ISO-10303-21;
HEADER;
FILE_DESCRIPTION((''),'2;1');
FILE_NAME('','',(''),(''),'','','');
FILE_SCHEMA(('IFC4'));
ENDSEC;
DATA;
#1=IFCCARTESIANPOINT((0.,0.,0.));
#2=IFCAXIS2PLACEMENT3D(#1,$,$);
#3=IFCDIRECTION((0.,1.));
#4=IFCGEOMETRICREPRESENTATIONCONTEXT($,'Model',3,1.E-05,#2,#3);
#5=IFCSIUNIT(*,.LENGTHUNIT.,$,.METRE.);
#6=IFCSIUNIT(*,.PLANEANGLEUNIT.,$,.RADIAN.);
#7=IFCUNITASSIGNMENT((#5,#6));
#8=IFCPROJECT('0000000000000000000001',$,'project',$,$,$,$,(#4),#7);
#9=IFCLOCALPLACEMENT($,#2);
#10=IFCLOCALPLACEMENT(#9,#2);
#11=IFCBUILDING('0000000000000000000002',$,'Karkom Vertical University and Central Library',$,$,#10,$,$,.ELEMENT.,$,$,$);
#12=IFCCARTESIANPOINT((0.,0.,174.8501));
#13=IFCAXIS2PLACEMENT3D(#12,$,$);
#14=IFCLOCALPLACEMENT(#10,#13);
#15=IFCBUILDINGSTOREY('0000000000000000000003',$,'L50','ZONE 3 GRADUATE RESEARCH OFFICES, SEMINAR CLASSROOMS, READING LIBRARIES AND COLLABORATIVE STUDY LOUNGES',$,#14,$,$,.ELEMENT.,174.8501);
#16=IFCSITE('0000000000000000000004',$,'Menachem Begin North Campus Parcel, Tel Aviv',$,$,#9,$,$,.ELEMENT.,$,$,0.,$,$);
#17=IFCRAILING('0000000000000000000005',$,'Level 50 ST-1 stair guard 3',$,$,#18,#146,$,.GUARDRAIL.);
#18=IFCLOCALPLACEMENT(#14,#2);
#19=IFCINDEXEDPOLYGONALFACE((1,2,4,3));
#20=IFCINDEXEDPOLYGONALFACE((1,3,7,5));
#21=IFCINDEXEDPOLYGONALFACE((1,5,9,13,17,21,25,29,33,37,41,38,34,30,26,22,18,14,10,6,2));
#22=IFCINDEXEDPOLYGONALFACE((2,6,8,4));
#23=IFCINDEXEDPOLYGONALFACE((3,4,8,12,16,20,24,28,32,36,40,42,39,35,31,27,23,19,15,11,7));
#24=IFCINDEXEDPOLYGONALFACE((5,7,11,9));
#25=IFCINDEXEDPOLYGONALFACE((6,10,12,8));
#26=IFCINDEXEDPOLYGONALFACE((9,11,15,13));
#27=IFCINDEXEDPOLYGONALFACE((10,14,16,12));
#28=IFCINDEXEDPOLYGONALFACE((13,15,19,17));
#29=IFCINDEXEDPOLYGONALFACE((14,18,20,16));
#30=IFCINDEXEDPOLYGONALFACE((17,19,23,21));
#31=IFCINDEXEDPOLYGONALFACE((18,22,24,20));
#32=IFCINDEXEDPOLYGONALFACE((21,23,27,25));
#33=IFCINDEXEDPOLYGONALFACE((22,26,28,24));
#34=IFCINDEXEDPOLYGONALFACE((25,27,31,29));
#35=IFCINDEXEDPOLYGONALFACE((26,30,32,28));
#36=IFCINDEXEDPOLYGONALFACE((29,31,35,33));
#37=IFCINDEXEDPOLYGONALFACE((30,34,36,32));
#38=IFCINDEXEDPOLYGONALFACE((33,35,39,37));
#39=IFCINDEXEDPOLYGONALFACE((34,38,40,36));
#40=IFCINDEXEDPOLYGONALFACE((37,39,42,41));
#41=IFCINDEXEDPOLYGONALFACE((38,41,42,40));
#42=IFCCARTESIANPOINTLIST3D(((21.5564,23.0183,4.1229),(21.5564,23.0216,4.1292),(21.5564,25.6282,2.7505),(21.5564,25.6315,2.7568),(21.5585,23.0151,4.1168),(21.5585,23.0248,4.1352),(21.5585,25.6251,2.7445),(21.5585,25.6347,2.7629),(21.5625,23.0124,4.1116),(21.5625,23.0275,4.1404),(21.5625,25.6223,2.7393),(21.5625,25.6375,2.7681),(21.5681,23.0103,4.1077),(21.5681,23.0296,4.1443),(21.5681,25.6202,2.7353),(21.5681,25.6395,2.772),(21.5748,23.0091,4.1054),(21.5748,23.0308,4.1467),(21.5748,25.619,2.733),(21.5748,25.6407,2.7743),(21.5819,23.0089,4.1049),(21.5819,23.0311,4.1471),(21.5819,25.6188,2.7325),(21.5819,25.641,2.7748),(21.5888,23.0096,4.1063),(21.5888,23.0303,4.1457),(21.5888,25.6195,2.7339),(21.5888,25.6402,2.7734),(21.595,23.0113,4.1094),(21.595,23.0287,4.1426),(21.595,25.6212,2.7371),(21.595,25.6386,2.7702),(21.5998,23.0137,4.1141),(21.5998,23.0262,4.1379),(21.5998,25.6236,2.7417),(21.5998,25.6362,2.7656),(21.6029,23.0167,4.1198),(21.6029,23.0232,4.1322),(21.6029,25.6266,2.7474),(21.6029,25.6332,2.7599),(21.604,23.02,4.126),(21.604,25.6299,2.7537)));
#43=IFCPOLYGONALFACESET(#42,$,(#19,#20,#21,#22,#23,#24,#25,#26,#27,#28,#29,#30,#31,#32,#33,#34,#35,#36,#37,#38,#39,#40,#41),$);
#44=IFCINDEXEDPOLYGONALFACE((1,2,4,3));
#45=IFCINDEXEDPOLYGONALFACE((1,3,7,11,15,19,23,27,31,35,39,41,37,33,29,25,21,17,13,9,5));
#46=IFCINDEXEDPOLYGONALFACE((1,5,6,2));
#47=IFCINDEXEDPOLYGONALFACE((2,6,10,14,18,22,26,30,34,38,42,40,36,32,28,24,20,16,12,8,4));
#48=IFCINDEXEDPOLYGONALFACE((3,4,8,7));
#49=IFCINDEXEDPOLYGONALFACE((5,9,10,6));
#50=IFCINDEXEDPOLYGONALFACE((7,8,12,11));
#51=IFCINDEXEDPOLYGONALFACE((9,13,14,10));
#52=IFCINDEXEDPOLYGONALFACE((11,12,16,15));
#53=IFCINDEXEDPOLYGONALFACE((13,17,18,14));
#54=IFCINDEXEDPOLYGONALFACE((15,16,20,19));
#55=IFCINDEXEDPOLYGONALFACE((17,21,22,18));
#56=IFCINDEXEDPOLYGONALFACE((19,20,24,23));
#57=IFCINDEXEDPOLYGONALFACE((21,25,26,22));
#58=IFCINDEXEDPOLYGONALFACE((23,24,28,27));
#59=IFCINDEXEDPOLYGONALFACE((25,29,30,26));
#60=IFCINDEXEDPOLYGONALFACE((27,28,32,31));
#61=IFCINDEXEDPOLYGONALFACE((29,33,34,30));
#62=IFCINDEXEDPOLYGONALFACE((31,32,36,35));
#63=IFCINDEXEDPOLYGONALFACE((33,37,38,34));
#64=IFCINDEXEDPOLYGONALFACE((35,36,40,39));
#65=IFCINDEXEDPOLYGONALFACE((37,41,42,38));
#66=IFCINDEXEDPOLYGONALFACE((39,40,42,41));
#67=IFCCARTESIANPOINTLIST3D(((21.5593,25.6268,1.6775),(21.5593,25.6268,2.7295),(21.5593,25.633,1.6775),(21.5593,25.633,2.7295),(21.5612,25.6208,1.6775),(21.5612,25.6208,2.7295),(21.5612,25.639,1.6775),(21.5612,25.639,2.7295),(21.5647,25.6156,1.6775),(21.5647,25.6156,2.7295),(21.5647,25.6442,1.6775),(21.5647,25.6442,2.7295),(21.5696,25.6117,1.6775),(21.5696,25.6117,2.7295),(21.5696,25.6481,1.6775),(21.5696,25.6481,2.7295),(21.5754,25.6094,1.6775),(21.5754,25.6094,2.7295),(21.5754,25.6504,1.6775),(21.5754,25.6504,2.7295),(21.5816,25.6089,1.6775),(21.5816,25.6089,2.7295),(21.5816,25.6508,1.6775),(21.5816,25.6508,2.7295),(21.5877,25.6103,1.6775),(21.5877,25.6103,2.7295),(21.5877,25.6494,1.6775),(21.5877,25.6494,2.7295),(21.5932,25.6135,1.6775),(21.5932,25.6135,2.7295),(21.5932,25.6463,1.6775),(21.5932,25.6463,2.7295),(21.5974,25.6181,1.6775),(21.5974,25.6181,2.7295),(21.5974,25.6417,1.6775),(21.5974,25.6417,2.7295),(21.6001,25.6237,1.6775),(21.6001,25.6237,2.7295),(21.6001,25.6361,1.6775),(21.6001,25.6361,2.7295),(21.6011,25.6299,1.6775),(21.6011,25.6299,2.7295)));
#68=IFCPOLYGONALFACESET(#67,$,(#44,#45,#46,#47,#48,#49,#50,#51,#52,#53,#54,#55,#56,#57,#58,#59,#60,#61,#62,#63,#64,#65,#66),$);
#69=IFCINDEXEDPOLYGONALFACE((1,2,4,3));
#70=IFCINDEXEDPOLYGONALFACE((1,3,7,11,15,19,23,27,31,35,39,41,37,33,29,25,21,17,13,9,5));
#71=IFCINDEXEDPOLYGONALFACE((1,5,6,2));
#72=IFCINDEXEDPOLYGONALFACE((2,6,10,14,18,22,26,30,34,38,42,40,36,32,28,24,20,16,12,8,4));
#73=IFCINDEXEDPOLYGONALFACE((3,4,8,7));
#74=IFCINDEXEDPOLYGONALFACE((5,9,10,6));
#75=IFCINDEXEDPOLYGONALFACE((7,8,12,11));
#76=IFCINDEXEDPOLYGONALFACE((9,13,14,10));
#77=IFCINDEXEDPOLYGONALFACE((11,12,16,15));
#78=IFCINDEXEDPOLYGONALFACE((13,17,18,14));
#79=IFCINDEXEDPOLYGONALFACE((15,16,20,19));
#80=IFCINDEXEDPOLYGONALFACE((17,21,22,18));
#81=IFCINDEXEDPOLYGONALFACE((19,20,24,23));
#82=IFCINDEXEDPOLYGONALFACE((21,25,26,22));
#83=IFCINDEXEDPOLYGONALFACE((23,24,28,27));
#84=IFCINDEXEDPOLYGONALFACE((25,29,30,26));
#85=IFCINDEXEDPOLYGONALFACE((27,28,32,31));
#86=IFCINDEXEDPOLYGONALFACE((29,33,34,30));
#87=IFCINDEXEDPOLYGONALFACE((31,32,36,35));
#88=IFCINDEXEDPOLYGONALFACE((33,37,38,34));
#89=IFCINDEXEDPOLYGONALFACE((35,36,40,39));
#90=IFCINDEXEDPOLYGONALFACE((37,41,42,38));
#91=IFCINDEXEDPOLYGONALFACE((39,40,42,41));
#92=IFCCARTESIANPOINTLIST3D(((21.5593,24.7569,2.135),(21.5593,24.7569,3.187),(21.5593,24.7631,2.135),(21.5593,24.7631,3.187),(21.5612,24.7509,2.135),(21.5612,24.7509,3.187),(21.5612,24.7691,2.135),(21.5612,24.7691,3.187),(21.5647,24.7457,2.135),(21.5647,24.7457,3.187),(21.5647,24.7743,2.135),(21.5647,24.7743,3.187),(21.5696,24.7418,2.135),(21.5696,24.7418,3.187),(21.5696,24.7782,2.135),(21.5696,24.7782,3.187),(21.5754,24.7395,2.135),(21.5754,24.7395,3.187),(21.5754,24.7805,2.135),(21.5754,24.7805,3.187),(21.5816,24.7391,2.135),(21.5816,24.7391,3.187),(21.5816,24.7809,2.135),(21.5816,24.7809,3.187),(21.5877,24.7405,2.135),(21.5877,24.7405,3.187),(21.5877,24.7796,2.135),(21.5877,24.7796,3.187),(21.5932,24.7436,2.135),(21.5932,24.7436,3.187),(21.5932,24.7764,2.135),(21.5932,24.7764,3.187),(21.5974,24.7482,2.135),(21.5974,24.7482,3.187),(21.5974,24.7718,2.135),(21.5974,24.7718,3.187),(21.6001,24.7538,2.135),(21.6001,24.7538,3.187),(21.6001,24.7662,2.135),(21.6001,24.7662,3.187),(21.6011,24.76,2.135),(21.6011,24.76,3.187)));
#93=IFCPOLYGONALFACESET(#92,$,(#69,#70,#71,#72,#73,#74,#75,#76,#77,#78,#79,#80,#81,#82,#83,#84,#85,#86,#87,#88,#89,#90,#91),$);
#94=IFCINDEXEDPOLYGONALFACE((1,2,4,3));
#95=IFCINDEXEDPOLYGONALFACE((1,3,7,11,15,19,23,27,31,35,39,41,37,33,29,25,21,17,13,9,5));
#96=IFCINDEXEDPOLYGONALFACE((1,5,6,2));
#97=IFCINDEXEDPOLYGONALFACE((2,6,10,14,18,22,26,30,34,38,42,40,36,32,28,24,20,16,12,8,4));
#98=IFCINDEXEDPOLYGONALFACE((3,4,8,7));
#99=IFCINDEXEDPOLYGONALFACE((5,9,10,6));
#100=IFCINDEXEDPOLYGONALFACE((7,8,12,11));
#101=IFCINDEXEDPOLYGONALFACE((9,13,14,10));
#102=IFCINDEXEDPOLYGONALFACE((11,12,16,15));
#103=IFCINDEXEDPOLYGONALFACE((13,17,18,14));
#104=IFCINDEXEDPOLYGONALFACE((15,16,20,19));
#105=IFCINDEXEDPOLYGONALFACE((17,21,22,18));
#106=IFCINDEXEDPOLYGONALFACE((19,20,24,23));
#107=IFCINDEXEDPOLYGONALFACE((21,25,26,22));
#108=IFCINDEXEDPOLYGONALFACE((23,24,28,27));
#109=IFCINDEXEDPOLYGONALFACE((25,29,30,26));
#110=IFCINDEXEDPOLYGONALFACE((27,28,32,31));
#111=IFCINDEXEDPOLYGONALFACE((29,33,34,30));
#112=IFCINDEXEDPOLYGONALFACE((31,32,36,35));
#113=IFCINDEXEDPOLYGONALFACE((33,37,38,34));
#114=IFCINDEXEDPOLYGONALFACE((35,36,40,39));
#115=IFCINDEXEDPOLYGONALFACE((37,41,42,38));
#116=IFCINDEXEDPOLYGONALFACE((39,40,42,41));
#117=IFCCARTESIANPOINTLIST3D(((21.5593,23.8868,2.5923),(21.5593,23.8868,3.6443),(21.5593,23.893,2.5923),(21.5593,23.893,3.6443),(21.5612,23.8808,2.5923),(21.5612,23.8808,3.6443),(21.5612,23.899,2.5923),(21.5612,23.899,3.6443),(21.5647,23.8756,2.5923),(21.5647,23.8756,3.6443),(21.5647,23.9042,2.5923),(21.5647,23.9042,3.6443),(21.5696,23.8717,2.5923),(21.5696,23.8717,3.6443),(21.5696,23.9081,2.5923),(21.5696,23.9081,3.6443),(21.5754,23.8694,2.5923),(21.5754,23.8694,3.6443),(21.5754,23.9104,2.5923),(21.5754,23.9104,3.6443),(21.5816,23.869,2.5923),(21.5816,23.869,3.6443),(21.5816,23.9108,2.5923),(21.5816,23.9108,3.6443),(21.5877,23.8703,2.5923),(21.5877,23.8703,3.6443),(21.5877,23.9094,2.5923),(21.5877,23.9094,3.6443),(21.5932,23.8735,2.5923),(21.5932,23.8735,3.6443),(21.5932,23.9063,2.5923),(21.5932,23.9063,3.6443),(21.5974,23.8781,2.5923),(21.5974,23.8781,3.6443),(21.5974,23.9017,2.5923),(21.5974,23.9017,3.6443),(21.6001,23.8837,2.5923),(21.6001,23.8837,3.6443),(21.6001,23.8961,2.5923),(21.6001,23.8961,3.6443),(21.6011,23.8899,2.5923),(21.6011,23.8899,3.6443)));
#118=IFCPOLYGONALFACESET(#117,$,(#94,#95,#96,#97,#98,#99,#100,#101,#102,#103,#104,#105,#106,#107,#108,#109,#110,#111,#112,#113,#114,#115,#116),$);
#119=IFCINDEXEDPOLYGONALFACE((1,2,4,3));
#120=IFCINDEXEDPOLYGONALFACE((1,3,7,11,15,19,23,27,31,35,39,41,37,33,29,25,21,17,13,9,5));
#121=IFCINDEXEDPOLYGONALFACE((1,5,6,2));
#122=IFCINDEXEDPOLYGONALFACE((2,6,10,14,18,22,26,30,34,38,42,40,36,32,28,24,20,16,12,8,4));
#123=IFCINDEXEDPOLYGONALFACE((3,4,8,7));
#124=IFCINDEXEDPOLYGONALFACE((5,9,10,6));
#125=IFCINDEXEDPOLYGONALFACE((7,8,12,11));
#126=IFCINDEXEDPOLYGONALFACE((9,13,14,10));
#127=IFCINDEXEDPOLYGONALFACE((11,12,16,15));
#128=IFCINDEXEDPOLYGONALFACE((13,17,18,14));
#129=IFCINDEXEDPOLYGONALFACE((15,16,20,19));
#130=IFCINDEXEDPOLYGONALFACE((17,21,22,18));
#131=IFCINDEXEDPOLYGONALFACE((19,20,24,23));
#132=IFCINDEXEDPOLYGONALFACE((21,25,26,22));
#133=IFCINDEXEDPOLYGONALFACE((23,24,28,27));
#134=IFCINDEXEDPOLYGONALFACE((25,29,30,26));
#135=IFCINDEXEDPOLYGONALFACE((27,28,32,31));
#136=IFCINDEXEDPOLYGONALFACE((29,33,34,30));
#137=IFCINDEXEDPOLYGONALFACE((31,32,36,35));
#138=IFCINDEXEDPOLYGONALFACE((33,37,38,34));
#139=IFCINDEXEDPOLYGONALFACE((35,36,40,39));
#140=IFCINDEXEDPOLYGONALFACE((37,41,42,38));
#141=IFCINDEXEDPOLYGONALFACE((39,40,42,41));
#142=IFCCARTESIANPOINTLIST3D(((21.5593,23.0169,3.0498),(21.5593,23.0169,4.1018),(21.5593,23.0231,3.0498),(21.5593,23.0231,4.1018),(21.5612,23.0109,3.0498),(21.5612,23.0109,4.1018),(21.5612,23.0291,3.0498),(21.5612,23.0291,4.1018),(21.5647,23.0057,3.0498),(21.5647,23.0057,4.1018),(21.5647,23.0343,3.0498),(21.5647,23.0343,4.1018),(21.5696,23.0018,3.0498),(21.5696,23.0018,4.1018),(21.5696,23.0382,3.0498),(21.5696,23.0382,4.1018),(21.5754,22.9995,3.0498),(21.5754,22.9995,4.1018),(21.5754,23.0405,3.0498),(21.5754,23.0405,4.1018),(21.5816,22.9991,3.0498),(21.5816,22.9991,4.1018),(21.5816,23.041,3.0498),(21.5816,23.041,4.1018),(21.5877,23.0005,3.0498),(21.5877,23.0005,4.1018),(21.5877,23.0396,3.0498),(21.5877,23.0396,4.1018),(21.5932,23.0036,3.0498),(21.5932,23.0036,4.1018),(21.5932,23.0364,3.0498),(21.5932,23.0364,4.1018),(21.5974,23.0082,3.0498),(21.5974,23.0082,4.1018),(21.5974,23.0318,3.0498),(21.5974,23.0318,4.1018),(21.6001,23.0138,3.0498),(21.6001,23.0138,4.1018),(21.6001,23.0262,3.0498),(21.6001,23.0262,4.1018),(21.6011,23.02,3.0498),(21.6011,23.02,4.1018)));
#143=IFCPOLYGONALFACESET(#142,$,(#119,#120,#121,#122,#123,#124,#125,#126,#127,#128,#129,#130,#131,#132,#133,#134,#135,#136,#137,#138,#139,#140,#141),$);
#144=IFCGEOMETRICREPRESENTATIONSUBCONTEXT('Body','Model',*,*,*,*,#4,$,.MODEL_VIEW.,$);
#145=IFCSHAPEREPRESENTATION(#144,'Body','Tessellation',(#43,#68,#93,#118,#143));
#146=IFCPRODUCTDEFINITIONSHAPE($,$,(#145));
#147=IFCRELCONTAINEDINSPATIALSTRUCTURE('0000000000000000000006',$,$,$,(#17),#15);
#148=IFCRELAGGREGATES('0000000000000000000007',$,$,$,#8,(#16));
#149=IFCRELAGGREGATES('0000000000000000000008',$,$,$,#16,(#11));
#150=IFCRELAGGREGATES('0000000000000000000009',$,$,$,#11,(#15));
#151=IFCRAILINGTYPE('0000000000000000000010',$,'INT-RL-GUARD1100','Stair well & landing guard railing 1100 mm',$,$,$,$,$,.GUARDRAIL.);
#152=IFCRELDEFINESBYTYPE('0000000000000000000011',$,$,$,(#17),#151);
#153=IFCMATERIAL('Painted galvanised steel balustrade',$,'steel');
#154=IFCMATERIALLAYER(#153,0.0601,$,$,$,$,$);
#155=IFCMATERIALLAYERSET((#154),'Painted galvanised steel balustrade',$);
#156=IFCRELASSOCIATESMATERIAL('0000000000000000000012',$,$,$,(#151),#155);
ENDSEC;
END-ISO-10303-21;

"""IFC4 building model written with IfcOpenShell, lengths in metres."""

from ifc_helpers import new_model, si_unit, direction, frame, origin, origin_2d, place, context, subcontext, project, spatial, circle, extrude, material, layer, layer_set, type_object, element, save


model = new_model("IFC4")

# Units and contexts
model_context = context("Model", 3, precision=1e-05, world=origin(), true_north=direction((0.0, 1.0)))
body_context = subcontext(model_context, "Body", "Model", "MODEL_VIEW")
ifc_project = project(units=[si_unit("LENGTHUNIT", "METRE"), si_unit("PLANEANGLEUNIT", "RADIAN")], contexts=[model_context])

# Site, building, storey
site_placement = place(None, origin())
site = spatial("IfcSite", under=ifc_project, at=site_placement, Name="Menachem Begin North Campus Parcel, Tel Aviv", CompositionType="ELEMENT", RefElevation=0.0)
building_placement = place(site_placement, origin())
building = spatial("IfcBuilding", under=site, at=building_placement, Name="Karkom Vertical University and Central Library", CompositionType="ELEMENT")
storey_placement = place(building_placement, frame((0.0, 0.0, 174.8501)))
storey = spatial("IfcBuildingStorey", under=building, at=storey_placement, Name="L50", Description="ZONE 3 GRADUATE RESEARCH OFFICES, SEMINAR CLASSROOMS, READING LIBRARIES AND COLLABORATIVE STUDY LOUNGES", CompositionType="ELEMENT", Elevation=174.8501)

# Railing
ifc_material_1 = material(Name="Painted galvanised steel balustrade", Category="steel")
ifc_layer_1 = layer(ifc_material_1, 0.0601)
ifc_layer_set_1 = layer_set([ifc_layer_1], Name="Painted galvanised steel balustrade")
railing_type_1 = type_object("IfcRailingType", Name="INT-RL-GUARD1100", Description="Stair well & landing guard railing 1100 mm", PredefinedType="GUARDRAIL", material=ifc_layer_set_1)
railing_1_placement = place(storey_placement, frame((21.5801, 25.6299, 1.6775)))
element("IfcRailing", 1, at=railing_1_placement, inside=storey, type_object=railing_type_1, Name="Level 50 ST-1 stair guard 3", PredefinedType="GUARDRAIL", context=body_context, shape_type="SweptSolid", body=[
    extrude(circle(Radius=0.0239, at=origin_2d()), frame((0.0, 0.0, 1.0762), z_axis=(0.0, -0.8851, 0.465402), x_axis=(1.0, 0.0, 0.0)), (0.0, 0.0, 1.0), 2.9487),
    extrude(circle(Radius=0.021, at=origin_2d()), origin(), (0.0, 0.0, 1.0), 1.052),
    extrude(circle(Radius=0.021, at=origin_2d()), frame((0.0, -0.8699, 0.4575)), (0.0, 0.0, 1.0), 1.052),
    extrude(circle(Radius=0.021, at=origin_2d()), frame((0.0, -1.74, 0.9148)), (0.0, 0.0, 1.0), 1.052),
    extrude(circle(Radius=0.021, at=origin_2d()), frame((0.0, -2.6099, 1.3723)), (0.0, 0.0, 1.0), 1.052),
])

save(model, "model.ifc")
